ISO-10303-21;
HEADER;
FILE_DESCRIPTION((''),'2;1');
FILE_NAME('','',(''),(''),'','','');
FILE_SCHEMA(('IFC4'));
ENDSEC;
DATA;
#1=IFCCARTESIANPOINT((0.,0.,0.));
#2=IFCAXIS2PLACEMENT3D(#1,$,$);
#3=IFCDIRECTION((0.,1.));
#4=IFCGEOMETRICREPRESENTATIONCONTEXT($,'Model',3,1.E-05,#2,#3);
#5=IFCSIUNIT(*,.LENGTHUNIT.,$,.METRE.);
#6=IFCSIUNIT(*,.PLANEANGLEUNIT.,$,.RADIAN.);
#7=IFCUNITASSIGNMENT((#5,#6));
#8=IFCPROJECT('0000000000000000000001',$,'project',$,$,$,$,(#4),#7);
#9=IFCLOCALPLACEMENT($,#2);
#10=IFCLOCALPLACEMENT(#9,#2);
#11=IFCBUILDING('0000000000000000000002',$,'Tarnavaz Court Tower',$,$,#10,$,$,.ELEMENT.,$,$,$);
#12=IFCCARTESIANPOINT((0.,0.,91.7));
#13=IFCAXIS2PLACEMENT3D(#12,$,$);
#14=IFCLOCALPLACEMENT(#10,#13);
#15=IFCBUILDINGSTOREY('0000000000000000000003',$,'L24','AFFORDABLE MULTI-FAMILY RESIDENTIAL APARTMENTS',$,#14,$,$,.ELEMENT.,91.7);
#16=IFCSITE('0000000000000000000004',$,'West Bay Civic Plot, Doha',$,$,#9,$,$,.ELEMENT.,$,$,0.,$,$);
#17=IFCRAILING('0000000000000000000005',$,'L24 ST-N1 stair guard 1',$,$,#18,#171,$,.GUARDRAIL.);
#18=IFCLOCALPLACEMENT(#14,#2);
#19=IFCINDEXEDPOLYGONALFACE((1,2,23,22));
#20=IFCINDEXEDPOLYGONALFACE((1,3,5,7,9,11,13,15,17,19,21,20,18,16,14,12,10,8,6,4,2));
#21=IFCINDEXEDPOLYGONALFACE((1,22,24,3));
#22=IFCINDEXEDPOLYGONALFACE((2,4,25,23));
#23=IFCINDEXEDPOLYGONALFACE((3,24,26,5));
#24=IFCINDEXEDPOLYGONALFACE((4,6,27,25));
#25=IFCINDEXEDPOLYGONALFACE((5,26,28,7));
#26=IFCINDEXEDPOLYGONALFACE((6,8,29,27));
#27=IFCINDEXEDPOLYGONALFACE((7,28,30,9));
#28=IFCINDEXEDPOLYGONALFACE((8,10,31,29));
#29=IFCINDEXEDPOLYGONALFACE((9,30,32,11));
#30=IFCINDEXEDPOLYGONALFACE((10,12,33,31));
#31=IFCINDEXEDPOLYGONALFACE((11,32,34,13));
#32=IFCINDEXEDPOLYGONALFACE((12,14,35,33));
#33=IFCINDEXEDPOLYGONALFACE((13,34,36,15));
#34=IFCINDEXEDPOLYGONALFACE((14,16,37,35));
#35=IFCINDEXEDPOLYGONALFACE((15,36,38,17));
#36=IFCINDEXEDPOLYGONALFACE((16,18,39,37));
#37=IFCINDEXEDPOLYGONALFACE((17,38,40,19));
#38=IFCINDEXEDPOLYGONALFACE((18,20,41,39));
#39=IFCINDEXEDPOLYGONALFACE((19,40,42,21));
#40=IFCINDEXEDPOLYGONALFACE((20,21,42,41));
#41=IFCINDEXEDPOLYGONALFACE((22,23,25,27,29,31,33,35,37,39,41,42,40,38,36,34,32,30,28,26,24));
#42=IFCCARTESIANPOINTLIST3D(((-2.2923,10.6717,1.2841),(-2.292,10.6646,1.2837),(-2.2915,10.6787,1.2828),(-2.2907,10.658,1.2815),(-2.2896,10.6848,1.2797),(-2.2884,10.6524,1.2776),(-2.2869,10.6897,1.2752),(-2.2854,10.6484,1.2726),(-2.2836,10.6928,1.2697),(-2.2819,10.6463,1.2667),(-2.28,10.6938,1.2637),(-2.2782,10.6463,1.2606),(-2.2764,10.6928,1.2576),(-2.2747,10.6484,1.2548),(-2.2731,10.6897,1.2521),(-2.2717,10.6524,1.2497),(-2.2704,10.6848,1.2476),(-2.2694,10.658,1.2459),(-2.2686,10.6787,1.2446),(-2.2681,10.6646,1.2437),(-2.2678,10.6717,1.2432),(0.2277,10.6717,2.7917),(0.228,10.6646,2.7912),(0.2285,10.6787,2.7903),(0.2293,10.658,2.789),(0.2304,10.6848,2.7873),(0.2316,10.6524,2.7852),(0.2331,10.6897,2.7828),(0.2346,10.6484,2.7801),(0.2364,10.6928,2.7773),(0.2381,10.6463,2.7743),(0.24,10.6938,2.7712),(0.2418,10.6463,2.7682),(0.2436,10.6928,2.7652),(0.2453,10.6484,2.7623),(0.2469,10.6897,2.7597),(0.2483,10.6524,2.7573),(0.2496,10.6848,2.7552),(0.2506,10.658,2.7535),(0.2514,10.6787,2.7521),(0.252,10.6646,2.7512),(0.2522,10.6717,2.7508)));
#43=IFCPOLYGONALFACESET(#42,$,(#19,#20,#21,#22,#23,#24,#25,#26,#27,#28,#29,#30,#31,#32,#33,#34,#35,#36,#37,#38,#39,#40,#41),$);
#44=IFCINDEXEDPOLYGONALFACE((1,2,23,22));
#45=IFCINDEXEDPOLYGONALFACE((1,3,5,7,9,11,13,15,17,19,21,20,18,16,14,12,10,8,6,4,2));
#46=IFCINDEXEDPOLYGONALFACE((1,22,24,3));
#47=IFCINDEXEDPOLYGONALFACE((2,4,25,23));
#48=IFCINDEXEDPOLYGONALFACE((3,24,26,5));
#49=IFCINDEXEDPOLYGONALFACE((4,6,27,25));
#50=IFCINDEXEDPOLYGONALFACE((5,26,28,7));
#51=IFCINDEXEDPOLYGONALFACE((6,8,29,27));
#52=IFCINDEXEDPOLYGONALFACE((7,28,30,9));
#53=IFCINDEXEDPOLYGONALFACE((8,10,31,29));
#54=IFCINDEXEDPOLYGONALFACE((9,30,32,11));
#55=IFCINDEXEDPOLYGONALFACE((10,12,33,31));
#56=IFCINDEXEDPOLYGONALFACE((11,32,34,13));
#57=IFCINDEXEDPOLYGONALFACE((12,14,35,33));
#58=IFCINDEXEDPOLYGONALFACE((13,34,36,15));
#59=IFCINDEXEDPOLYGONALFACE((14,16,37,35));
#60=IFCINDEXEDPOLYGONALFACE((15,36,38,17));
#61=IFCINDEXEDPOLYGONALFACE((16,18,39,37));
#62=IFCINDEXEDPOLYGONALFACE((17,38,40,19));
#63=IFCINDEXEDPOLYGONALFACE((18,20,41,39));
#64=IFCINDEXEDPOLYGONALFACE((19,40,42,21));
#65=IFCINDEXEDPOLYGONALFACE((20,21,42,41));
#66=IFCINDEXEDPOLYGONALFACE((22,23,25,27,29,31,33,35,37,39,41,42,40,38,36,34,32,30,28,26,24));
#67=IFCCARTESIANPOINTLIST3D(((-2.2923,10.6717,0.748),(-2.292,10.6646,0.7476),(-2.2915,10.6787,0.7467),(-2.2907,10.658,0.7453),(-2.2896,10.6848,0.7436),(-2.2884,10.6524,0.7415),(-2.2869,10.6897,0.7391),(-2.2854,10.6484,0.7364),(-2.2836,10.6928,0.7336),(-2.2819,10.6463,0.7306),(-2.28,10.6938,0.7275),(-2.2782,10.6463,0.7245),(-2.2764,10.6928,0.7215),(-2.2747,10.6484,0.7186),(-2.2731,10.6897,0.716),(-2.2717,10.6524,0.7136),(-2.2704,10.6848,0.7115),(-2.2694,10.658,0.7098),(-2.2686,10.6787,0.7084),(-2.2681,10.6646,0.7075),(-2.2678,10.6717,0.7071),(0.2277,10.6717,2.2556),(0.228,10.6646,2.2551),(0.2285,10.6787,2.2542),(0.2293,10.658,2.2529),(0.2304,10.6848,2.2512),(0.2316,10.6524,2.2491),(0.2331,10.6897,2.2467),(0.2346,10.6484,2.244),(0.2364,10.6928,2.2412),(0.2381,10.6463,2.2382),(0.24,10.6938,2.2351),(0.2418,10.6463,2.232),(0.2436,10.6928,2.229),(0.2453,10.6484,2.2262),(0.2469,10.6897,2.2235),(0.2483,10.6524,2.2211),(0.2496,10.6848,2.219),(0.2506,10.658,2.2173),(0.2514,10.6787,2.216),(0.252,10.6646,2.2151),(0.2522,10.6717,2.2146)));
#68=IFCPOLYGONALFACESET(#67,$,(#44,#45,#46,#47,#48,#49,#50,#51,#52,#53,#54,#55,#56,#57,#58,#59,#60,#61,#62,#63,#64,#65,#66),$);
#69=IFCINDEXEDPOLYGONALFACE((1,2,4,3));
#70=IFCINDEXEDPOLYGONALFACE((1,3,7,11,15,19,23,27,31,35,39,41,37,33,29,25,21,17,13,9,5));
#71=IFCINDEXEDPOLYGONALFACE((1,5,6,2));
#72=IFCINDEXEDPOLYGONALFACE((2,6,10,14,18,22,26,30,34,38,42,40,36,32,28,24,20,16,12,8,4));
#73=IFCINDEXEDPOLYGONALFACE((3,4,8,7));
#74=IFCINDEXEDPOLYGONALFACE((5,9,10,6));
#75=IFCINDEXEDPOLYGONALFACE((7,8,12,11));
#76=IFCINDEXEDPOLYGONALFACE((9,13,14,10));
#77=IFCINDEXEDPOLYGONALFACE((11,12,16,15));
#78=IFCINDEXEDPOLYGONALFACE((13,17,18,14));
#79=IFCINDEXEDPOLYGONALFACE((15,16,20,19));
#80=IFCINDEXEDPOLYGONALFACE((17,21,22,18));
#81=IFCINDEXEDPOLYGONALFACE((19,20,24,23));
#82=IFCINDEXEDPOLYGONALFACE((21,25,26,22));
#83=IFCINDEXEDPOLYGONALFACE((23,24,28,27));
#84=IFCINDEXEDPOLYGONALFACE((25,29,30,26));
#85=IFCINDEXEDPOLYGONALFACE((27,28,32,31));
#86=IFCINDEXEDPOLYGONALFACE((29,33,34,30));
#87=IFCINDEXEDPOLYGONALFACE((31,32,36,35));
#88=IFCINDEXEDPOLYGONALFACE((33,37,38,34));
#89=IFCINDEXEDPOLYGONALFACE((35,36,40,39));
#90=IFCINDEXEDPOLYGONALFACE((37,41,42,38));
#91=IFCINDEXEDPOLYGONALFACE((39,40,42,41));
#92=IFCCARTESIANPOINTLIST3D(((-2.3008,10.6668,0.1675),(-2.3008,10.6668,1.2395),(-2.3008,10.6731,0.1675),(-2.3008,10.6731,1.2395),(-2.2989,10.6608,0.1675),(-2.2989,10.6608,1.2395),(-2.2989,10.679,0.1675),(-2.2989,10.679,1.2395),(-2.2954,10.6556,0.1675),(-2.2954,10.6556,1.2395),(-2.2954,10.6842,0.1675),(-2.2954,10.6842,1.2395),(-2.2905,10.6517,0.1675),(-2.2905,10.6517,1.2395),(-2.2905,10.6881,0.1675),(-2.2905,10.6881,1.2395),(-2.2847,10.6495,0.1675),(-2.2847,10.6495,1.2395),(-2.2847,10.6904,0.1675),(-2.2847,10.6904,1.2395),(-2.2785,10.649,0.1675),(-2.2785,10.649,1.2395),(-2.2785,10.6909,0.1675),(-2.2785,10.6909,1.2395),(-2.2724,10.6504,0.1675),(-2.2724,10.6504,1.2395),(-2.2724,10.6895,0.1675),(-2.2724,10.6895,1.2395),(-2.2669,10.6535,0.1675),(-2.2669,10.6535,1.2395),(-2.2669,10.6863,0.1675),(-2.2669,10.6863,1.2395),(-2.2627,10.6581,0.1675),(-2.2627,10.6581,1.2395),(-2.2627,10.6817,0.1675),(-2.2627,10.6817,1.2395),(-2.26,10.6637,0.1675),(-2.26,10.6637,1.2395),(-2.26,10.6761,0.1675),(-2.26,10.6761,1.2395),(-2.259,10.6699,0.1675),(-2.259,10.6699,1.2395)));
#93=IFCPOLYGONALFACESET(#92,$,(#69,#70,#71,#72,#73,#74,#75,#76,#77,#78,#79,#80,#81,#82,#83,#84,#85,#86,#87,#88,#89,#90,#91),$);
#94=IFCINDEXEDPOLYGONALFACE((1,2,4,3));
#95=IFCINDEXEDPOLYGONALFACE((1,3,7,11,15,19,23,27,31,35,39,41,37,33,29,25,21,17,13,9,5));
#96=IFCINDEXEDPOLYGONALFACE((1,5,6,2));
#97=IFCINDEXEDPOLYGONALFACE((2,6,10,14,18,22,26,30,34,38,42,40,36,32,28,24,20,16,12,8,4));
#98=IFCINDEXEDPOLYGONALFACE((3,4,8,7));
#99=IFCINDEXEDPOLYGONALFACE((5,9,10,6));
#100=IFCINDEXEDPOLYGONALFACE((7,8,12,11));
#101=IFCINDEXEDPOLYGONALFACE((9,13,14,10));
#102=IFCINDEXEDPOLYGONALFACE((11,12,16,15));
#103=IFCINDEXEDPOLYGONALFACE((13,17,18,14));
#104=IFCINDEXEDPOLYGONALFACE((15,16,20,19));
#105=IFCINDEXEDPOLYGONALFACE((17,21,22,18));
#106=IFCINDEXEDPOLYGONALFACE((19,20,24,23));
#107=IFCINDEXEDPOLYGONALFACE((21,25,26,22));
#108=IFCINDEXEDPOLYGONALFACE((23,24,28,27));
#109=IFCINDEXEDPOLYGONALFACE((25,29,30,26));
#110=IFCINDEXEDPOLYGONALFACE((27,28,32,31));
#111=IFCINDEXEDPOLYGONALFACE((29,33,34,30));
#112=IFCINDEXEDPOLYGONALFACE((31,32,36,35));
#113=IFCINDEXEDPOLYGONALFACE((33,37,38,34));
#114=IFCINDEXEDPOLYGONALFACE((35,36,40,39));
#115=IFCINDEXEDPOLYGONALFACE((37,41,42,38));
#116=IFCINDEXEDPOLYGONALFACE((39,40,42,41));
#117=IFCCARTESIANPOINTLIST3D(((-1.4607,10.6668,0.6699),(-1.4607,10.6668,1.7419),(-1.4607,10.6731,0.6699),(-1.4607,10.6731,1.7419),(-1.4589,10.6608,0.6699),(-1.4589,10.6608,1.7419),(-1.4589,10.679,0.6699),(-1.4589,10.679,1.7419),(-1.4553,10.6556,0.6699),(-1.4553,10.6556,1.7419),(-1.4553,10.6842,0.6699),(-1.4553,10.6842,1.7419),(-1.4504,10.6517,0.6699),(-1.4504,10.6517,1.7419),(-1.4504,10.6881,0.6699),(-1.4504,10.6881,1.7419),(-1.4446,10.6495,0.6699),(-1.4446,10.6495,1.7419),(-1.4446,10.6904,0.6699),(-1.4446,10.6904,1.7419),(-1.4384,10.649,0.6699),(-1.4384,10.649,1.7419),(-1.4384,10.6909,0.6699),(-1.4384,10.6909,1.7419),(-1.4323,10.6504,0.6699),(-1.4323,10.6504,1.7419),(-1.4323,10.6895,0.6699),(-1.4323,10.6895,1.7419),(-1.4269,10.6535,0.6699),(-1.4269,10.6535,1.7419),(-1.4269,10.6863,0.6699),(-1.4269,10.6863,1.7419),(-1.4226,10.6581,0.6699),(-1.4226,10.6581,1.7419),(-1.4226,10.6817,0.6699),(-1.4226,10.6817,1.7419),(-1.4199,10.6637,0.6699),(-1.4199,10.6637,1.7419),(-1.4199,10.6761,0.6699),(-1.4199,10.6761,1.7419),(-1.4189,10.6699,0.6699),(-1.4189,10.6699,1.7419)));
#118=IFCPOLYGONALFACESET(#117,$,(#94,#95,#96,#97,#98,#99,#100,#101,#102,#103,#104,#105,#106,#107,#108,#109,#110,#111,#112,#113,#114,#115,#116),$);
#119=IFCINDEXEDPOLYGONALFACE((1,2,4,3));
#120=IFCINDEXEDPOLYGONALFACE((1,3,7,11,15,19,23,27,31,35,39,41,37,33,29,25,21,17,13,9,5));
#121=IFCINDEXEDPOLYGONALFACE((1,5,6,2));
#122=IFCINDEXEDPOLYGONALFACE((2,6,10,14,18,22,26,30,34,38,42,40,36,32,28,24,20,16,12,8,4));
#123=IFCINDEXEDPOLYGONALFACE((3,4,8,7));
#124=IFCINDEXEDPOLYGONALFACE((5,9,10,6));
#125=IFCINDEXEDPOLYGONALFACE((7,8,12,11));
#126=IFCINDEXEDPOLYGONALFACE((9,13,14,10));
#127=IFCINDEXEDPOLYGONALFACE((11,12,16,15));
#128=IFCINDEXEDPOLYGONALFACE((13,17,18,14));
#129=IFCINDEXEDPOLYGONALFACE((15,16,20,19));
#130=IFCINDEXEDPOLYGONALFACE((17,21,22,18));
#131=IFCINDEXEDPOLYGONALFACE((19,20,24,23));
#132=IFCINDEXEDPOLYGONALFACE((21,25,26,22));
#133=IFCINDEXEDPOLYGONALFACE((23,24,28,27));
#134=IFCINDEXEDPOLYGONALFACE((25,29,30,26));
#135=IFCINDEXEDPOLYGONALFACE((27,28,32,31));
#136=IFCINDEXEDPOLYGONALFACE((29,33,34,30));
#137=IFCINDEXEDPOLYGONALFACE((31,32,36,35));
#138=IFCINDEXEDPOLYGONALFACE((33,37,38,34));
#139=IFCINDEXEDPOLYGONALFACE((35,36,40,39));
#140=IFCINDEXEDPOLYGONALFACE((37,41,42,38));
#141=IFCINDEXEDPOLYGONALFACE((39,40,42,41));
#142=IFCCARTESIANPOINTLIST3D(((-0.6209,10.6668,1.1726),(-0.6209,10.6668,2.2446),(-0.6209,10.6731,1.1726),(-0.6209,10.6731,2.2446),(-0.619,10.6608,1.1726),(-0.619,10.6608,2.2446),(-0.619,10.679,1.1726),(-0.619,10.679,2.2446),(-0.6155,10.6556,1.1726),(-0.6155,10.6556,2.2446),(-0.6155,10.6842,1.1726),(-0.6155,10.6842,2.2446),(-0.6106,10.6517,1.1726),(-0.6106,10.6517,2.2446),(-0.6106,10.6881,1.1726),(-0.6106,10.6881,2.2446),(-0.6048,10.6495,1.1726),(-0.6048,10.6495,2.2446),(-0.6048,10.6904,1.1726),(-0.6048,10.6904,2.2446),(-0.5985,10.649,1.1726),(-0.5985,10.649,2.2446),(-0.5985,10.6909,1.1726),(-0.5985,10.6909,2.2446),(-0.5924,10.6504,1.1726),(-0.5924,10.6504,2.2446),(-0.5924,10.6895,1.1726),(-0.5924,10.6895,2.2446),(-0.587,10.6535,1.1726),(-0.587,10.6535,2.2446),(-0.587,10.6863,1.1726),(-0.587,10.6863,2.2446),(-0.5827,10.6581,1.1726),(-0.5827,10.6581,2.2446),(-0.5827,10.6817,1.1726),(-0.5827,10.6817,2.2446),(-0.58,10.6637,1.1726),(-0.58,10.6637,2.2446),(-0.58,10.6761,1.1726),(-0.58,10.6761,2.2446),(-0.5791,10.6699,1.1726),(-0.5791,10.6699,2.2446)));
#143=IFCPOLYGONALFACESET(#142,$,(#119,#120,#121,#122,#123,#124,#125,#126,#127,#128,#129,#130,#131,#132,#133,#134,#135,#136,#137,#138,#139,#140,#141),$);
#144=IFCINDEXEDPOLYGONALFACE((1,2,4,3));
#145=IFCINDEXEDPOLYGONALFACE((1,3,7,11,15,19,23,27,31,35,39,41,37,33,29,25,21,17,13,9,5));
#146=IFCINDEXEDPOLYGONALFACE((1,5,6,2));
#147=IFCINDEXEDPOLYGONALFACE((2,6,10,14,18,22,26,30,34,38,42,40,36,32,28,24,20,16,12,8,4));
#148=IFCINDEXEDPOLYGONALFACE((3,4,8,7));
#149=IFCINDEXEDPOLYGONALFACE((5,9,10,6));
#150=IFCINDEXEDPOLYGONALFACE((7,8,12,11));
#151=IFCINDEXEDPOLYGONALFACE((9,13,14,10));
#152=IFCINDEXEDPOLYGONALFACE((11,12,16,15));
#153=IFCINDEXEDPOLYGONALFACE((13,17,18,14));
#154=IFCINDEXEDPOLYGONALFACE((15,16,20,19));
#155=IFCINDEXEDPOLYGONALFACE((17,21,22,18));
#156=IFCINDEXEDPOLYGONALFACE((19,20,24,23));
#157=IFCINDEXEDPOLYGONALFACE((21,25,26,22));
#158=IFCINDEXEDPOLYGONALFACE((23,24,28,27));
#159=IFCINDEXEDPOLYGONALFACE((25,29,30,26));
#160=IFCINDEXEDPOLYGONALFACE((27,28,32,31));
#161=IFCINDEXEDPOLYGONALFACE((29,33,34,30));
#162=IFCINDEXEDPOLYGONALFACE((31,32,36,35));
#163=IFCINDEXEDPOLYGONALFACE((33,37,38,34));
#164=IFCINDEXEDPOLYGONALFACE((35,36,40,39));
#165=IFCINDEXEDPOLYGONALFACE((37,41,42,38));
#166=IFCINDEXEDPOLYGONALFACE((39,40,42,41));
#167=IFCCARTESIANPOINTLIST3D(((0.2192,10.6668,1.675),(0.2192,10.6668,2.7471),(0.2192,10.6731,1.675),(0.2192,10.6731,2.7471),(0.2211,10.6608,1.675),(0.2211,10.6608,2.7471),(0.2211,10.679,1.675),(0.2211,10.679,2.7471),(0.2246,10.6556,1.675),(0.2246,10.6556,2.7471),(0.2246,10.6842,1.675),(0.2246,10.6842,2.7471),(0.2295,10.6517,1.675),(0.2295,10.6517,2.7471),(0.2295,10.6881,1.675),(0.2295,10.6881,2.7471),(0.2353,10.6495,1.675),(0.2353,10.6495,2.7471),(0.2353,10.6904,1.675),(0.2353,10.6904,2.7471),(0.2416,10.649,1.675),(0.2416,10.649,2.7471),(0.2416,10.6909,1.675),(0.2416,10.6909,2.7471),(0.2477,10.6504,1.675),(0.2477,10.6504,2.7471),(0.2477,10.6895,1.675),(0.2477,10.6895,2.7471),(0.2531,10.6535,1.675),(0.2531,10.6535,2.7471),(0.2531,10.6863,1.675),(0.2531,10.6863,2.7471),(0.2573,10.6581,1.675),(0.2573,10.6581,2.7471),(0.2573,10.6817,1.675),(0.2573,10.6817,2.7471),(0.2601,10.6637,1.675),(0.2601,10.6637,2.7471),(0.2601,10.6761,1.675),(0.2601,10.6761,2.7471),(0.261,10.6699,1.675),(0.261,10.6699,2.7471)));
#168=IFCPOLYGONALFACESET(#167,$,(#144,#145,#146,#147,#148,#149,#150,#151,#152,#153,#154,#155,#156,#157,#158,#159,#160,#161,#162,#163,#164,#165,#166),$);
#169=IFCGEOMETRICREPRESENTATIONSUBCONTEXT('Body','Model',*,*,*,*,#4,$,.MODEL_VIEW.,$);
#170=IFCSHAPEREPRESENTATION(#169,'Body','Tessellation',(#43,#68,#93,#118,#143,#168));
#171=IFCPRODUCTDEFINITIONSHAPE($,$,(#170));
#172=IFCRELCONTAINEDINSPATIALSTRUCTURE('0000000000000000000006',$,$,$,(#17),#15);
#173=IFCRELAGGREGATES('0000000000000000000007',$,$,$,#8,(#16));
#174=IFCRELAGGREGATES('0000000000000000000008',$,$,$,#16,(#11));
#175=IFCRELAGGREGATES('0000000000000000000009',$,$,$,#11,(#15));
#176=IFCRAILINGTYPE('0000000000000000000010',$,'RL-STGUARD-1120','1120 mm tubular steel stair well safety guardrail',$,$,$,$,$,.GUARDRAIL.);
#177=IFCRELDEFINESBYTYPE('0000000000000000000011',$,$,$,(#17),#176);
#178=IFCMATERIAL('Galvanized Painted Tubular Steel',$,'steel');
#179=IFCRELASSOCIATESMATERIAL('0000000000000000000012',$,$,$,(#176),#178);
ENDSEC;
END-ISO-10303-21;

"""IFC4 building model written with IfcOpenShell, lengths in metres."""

from ifc_helpers import new_model, si_unit, direction, frame, origin, origin_2d, place, context, subcontext, project, spatial, circle, extrude, material, type_object, element, save


model = new_model("IFC4")

# Units and contexts
model_context = context("Model", 3, precision=1e-05, world=origin(), true_north=direction((0.0, 1.0)))
body_context = subcontext(model_context, "Body", "Model", "MODEL_VIEW")
ifc_project = project(units=[si_unit("LENGTHUNIT", "METRE"), si_unit("PLANEANGLEUNIT", "RADIAN")], contexts=[model_context])

# Site, building, storey
site_placement = place(None, origin())
site = spatial("IfcSite", under=ifc_project, at=site_placement, Name="West Bay Civic Plot, Doha", CompositionType="ELEMENT", RefElevation=0.0)
building_placement = place(site_placement, origin())
building = spatial("IfcBuilding", under=site, at=building_placement, Name="Tarnavaz Court Tower", CompositionType="ELEMENT")
storey_placement = place(building_placement, frame((0.0, 0.0, 91.7)))
storey = spatial("IfcBuildingStorey", under=building, at=storey_placement, Name="L24", Description="AFFORDABLE MULTI-FAMILY RESIDENTIAL APARTMENTS", CompositionType="ELEMENT", Elevation=91.7)

# Railing
ifc_material_1 = material(Name="Galvanized Painted Tubular Steel", Category="steel")
railing_type_1 = type_object("IfcRailingType", Name="RL-STGUARD-1120", Description="1120 mm tubular steel stair well safety guardrail", PredefinedType="GUARDRAIL", material=ifc_material_1)
railing_1_placement = place(storey_placement, frame((-2.28, 10.6699, 0.1675)))
element("IfcRailing", 1, at=railing_1_placement, inside=storey, type_object=railing_type_1, Name="L24 ST-N1 stair guard 1", PredefinedType="GUARDRAIL", context=body_context, shape_type="SweptSolid", body=[
    extrude(circle(Radius=0.0239, at=origin_2d()), frame((0.0, 0.0, 1.0962), z_axis=(0.85816, 0.0, 0.513383), x_axis=(0.0, 1.0, 0.0)), (0.0, 0.0, 1.0), 2.9365),
    extrude(circle(Radius=0.0239, at=origin_2d()), frame((0.0, 0.0, 0.5601), z_axis=(0.85816, 0.0, 0.513383), x_axis=(0.0, 1.0, 0.0)), (0.0, 0.0, 1.0), 2.9365),
    extrude(circle(Radius=0.021, at=origin_2d()), origin(), (0.0, 0.0, 1.0), 1.072),
    extrude(circle(Radius=0.021, at=origin_2d()), frame((0.8401, 0.0, 0.5024)), (0.0, 0.0, 1.0), 1.072),
    extrude(circle(Radius=0.021, at=origin_2d()), frame((1.6799, 0.0, 1.0051)), (0.0, 0.0, 1.0), 1.072),
    extrude(circle(Radius=0.021, at=origin_2d()), frame((2.52, 0.0, 1.5076)), (0.0, 0.0, 1.0), 1.072),
])

save(model, "model.ifc")
